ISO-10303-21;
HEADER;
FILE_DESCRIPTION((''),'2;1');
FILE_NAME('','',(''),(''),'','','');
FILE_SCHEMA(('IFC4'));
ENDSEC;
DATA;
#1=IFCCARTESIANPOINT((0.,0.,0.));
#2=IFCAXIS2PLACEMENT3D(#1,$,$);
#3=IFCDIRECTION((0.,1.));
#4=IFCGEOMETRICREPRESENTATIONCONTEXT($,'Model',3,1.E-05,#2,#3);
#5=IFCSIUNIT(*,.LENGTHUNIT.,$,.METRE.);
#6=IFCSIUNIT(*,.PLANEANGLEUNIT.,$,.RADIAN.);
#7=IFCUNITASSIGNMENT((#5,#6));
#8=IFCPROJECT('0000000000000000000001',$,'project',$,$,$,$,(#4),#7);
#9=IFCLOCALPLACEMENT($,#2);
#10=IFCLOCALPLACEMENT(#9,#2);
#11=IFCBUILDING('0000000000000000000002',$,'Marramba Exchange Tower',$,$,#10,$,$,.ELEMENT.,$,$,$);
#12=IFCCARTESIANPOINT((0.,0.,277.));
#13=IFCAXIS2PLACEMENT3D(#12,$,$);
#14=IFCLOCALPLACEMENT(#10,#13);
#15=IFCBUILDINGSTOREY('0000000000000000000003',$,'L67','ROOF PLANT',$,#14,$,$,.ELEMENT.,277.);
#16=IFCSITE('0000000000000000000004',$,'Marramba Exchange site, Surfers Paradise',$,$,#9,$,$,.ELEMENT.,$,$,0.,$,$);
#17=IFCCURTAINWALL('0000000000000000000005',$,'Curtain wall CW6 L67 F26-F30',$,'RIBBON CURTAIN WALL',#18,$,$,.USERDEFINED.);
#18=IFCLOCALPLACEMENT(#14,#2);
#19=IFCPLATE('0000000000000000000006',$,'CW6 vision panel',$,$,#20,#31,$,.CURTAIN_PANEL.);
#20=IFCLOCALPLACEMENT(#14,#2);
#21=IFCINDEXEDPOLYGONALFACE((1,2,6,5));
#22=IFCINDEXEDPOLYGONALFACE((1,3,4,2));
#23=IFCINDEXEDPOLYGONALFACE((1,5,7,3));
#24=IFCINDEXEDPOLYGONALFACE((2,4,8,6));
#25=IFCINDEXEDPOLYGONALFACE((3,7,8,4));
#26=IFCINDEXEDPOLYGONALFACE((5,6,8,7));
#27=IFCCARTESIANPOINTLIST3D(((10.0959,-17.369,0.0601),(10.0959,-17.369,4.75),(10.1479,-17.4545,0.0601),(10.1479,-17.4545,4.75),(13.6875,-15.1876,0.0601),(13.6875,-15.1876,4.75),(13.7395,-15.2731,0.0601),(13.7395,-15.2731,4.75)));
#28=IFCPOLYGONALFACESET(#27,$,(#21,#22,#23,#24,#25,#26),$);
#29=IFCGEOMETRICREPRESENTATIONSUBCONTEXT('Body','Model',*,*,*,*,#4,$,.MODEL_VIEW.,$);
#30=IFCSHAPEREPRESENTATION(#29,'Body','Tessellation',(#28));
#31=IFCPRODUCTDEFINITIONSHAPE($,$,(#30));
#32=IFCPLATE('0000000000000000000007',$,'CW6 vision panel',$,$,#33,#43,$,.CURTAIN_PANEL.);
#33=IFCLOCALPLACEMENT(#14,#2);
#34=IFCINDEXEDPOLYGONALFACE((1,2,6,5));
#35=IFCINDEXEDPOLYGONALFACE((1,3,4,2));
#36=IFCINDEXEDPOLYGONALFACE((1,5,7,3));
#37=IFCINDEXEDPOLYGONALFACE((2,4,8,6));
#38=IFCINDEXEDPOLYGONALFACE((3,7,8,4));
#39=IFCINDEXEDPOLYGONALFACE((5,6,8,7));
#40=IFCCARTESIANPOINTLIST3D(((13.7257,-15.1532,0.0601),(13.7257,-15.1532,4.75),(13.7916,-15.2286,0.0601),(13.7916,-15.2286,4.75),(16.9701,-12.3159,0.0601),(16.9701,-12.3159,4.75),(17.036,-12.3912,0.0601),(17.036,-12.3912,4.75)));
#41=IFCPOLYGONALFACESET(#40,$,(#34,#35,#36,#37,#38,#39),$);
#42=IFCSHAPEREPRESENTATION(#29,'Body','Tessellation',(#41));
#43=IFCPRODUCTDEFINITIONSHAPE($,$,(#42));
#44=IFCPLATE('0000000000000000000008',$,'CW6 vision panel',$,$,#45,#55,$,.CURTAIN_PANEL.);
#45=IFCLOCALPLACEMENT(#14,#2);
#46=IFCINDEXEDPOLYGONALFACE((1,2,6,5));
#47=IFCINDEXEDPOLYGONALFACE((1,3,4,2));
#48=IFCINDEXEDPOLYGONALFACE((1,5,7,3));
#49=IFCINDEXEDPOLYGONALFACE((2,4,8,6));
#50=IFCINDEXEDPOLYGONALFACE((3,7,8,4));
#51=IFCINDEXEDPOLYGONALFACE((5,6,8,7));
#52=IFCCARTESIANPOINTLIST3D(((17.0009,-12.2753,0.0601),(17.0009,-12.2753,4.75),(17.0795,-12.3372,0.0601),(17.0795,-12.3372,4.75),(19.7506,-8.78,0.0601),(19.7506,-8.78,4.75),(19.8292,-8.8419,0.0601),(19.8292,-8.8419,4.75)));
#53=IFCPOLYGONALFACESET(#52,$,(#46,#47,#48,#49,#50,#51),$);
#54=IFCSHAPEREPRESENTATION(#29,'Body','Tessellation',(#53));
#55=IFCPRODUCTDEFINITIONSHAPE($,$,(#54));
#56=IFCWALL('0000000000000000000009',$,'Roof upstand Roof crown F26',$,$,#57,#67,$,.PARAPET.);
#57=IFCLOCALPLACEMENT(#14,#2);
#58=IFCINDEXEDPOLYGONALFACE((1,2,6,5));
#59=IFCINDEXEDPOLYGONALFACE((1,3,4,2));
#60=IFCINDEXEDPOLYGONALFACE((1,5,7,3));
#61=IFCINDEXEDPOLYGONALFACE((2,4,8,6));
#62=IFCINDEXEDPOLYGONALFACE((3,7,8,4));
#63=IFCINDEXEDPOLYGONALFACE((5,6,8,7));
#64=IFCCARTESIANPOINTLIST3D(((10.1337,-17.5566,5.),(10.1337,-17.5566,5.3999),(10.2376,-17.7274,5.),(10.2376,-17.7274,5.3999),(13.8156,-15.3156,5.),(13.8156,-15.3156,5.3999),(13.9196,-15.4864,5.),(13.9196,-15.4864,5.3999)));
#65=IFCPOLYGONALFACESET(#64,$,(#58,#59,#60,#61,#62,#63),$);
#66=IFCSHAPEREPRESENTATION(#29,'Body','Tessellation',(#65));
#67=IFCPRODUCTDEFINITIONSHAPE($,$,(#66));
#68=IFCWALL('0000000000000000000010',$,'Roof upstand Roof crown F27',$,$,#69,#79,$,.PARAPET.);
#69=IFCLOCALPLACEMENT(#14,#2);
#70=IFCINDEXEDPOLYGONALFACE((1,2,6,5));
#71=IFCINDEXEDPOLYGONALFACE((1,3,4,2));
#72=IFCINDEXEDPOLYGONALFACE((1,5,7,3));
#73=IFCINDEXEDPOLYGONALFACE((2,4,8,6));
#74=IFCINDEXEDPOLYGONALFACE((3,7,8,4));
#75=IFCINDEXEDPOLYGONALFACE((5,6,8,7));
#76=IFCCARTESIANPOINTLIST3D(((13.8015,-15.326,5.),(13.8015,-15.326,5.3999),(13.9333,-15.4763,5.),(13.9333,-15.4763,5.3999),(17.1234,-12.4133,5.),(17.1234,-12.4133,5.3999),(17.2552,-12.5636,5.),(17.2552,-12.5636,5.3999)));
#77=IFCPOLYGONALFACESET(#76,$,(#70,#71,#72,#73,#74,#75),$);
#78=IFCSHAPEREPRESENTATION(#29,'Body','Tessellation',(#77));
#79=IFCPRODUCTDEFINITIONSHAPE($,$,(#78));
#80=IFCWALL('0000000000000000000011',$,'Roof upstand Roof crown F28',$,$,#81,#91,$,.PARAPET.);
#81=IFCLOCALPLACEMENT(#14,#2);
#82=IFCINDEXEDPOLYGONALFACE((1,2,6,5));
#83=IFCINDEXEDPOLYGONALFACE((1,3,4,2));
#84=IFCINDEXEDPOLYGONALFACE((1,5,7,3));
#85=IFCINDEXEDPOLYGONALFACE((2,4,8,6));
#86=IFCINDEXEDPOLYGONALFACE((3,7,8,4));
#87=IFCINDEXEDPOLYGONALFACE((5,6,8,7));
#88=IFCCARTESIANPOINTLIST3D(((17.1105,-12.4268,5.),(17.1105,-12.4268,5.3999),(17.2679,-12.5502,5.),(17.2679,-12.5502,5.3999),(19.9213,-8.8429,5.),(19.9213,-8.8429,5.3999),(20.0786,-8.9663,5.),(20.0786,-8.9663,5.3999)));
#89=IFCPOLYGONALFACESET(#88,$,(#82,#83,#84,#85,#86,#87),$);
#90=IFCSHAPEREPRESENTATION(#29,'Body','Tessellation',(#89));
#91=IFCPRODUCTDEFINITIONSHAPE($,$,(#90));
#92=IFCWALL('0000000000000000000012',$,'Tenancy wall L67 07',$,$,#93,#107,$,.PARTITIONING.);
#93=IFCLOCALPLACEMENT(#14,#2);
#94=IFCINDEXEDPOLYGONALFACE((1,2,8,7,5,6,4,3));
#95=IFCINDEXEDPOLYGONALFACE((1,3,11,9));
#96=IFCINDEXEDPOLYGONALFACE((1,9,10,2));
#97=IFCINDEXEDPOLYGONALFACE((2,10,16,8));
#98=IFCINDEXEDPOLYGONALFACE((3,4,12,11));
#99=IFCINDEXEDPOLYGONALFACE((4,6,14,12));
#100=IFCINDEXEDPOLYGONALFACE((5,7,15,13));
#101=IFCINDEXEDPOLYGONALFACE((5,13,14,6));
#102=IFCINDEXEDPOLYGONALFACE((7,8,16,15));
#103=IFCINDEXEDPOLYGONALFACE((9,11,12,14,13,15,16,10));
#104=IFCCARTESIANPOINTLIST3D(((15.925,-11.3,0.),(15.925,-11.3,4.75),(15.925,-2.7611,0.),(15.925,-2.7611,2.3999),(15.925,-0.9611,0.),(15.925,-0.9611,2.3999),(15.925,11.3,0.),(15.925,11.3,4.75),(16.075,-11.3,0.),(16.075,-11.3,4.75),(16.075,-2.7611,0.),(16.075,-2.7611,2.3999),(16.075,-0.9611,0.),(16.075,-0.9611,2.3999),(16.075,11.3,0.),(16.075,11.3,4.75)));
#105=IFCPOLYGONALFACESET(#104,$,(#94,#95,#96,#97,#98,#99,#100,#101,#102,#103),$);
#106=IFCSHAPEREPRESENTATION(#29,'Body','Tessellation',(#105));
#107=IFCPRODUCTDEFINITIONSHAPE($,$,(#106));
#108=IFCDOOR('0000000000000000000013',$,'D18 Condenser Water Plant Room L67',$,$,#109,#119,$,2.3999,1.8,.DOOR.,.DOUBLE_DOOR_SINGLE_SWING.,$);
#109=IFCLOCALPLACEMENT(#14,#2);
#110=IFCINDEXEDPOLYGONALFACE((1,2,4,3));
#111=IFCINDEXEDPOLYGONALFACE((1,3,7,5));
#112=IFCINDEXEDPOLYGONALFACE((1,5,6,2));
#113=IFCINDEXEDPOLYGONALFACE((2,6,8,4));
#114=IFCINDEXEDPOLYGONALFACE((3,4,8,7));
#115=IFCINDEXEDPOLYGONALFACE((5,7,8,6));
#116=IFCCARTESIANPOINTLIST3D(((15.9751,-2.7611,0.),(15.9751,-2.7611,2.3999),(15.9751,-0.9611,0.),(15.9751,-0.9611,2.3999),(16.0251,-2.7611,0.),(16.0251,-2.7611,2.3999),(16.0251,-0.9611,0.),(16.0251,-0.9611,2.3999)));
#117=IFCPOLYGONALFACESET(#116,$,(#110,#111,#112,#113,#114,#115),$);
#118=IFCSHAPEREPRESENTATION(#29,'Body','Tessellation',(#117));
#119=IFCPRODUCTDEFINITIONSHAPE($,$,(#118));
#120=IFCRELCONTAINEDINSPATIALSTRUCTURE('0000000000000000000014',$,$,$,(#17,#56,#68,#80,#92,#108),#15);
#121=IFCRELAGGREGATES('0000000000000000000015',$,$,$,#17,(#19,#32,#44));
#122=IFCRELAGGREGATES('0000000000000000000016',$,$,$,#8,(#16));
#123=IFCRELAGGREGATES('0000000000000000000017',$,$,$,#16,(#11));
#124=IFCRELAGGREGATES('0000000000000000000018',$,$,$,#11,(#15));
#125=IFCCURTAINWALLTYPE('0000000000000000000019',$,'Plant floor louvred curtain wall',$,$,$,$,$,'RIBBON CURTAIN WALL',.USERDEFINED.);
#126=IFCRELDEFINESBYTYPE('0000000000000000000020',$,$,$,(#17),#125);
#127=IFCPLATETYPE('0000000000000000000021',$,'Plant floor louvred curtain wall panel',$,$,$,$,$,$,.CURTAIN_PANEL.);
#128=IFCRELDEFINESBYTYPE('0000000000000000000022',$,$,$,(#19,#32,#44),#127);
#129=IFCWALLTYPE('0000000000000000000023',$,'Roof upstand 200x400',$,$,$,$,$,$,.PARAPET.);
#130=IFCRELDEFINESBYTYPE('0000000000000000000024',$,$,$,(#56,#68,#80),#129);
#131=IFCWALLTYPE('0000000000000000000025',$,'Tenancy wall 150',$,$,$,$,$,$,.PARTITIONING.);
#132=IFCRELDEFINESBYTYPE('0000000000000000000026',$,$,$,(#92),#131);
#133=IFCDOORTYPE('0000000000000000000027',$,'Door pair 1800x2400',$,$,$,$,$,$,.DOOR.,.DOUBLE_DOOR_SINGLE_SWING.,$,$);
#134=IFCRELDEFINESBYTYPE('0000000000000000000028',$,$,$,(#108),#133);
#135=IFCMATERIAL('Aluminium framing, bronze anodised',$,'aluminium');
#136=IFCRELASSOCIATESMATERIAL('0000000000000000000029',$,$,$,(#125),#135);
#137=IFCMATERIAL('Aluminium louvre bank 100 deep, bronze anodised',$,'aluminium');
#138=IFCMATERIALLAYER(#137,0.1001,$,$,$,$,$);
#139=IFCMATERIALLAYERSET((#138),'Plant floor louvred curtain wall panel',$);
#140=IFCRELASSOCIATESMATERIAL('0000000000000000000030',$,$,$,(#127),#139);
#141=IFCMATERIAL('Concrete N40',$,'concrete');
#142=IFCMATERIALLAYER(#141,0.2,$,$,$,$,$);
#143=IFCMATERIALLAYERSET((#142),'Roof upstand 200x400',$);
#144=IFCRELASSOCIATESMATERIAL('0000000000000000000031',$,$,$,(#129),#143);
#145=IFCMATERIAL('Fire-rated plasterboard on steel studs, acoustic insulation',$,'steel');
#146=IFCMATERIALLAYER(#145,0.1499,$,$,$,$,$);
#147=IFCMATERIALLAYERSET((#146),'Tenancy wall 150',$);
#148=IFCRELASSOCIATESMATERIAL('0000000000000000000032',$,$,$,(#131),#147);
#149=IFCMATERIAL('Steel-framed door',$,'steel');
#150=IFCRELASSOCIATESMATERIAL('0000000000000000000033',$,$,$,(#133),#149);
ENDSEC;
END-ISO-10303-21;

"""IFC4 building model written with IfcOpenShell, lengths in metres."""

from ifc_helpers import new_model, si_unit, direction, frame, frame_2d, origin, origin_2d, place, context, subcontext, project, spatial, rectangle, extrude, material, layer, layer_set, type_object, element, fill, aggregate, save


model = new_model("IFC4")

# Units and contexts
model_context = context("Model", 3, precision=1e-05, world=origin(), true_north=direction((0.0, 1.0)))
body_context = subcontext(model_context, "Body", "Model", "MODEL_VIEW")
ifc_project = project(units=[si_unit("LENGTHUNIT", "METRE"), si_unit("PLANEANGLEUNIT", "RADIAN")], contexts=[model_context])

# Site, building, storey
site_placement = place(None, origin())
site = spatial("IfcSite", under=ifc_project, at=site_placement, Name="Marramba Exchange site, Surfers Paradise", CompositionType="ELEMENT", RefElevation=0.0)
building_placement = place(site_placement, origin())
building = spatial("IfcBuilding", under=site, at=building_placement, Name="Marramba Exchange Tower", CompositionType="ELEMENT")
storey_placement = place(building_placement, frame((0.0, 0.0, 277.0)))
storey = spatial("IfcBuildingStorey", under=building, at=storey_placement, Name="L67", Description="ROOF PLANT", CompositionType="ELEMENT", Elevation=277.0)

# Curtain wall
ifc_material_1 = material(Name="Aluminium framing, bronze anodised", Category="aluminium")
curtain_wall_type = type_object("IfcCurtainWallType", Name="Plant floor louvred curtain wall", ElementType="RIBBON CURTAIN WALL", PredefinedType="USERDEFINED", material=ifc_material_1)
curtain_wall_placement = place(storey_placement, origin())
curtain_wall = element("IfcCurtainWall", 1, at=curtain_wall_placement, inside=storey, type_object=curtain_wall_type, Name="Curtain wall CW6 L67 F26-F30", ObjectType="RIBBON CURTAIN WALL", PredefinedType="USERDEFINED")

# Plates
ifc_material_2 = material(Name="Aluminium louvre bank 100 deep, bronze anodised", Category="aluminium")
ifc_layer_1 = layer(ifc_material_2, 0.1001)
ifc_layer_set_1 = layer_set([ifc_layer_1], Name="Plant floor louvred curtain wall panel")
plate_type = type_object("IfcPlateType", Name="Plant floor louvred curtain wall panel", PredefinedType="CURTAIN_PANEL", material=ifc_layer_set_1)
plate_1_placement = place(storey_placement, frame((11.9177, -16.321, 0.0601), z_axis=(0.0, 0.0, 1.0), x_axis=(0.854704, 0.519115, 0.0)))
plate_1 = element("IfcPlate", 2, at=plate_1_placement, type_object=plate_type, Name="CW6 vision panel", PredefinedType="CURTAIN_PANEL", context=body_context, shape_type="SweptSolid", body=[
    extrude(rectangle(XDim=4.2021, YDim=0.1001, at=origin_2d()), origin(), (0.0, 0.0, 1.0), 4.6899),
])
plate_2_placement = place(storey_placement, frame((15.3809, -13.7722, 0.0601), z_axis=(0.0, 0.0, 1.0), x_axis=(0.752751, 0.658305, 0.0)))
plate_2 = element("IfcPlate", 3, at=plate_2_placement, type_object=plate_type, Name="CW6 vision panel", PredefinedType="CURTAIN_PANEL", context=body_context, shape_type="SweptSolid", body=[
    extrude(rectangle(XDim=4.3101, YDim=0.1001, at=origin_2d()), origin(), (0.0, 0.0, 1.0), 4.6899),
])
plate_3_placement = place(storey_placement, frame((18.415, -10.5586, 0.0601), z_axis=(0.0, 0.0, 1.0), x_axis=(0.618291, 0.78595, 0.0)))
plate_3 = element("IfcPlate", 4, at=plate_3_placement, type_object=plate_type, Name="CW6 vision panel", PredefinedType="CURTAIN_PANEL", context=body_context, shape_type="SweptSolid", body=[
    extrude(rectangle(XDim=4.4473, YDim=0.1001, at=origin_2d()), origin(), (0.0, 0.0, 1.0), 4.6899),
])
aggregate(curtain_wall, [plate_1, plate_2, plate_3])

# Shared definitions
ifc_material_3 = material(Name="Steel-framed door", Category="steel")

# Walls
ifc_material_4 = material(Name="Concrete N40", Category="concrete")
ifc_layer_2 = layer(ifc_material_4, 0.2)
ifc_layer_set_2 = layer_set([ifc_layer_2], Name="Roof upstand 200x400")
wall_type_1 = type_object("IfcWallType", Name="Roof upstand 200x400", PredefinedType="PARAPET", material=ifc_layer_set_2)
wall_1_placement = place(storey_placement, frame((10.1855, -17.6421, 5.0), z_axis=(0.0, 0.0, 1.0), x_axis=(0.854217, 0.519916, 0.0)))
element("IfcWall", 5, at=wall_1_placement, inside=storey, type_object=wall_type_1, Name="Roof upstand Roof crown F26", PredefinedType="PARAPET", context=body_context, shape_type="SweptSolid", body=[
    extrude(rectangle(XDim=4.3103, YDim=0.2, at=frame_2d((2.1553, 0.0))), origin(), (0.0, 0.0, 1.0), 0.3999),
])
wall_2_placement = place(storey_placement, frame((13.8674, -15.4011, 5.0), z_axis=(0.0, 0.0, 1.0), x_axis=(0.751898, 0.659279, 0.0)))
element("IfcWall", 6, at=wall_2_placement, inside=storey, type_object=wall_type_1, Name="Roof upstand Roof crown F27", PredefinedType="PARAPET", context=body_context, shape_type="SweptSolid", body=[
    extrude(rectangle(XDim=4.418, YDim=0.2, at=frame_2d((2.209, 0.0))), origin(), (0.0, 0.0, 1.0), 0.3999),
])
wall_3_placement = place(storey_placement, frame((17.1892, -12.4885, 5.0), z_axis=(0.0, 0.0, 1.0), x_axis=(0.617116, 0.786872, 0.0)))
element("IfcWall", 7, at=wall_3_placement, inside=storey, type_object=wall_type_1, Name="Roof upstand Roof crown F28", PredefinedType="PARAPET", context=body_context, shape_type="SweptSolid", body=[
    extrude(rectangle(XDim=4.5547, YDim=0.2, at=frame_2d((2.2773, 0.0))), origin(), (0.0, 0.0, 1.0), 0.3999),
])

# Wall, opening, door
ifc_material_5 = material(Name="Fire-rated plasterboard on steel studs, acoustic insulation", Category="steel")
ifc_layer_3 = layer(ifc_material_5, 0.1499)
ifc_layer_set_3 = layer_set([ifc_layer_3], Name="Tenancy wall 150")
wall_type_2 = type_object("IfcWallType", Name="Tenancy wall 150", PredefinedType="PARTITIONING", material=ifc_layer_set_3)
wall_4_placement = place(storey_placement, frame((16.0, -11.3, 0.0), z_axis=(0.0, 0.0, 1.0), x_axis=(0.0, 1.0, 0.0)))
wall_4 = element("IfcWall", 8, at=wall_4_placement, inside=storey, type_object=wall_type_2, Name="Tenancy wall L67 07", PredefinedType="PARTITIONING", context=body_context, shape_type="SweptSolid", body=[
    extrude(rectangle(XDim=22.6001, YDim=0.1499, at=frame_2d((11.3, 0.0))), origin(), (0.0, 0.0, 1.0), 4.75),
])
opening_1_placement = place(wall_4_placement, frame((8.5391, 0.0, 0.0)))
opening_1 = element("IfcOpeningElement", 9, at=opening_1_placement, cuts=wall_4, PredefinedType="OPENING", context=body_context, shape_type="SweptSolid", body=[
    extrude(rectangle(XDim=1.8, YDim=2.3999, at=frame_2d((0.8999, 1.2))), frame((0.0, 0.085, 0.0), z_axis=(0.0, -1.0, 0.0), x_axis=(1.0, 0.0, 0.0)), (0.0, 0.0, 1.0), 0.1699),
])
door_type_1 = type_object("IfcDoorType", Name="Door pair 1800x2400", OperationType="DOUBLE_DOOR_SINGLE_SWING", PredefinedType="DOOR", material=ifc_material_3)
door_1_placement = place(opening_1_placement, origin())
door_1 = element("IfcDoor", 10, at=door_1_placement, inside=storey, type_object=door_type_1, Name="D18 Condenser Water Plant Room L67", OperationType="DOUBLE_DOOR_SINGLE_SWING", OverallHeight=2.3999, OverallWidth=1.8, PredefinedType="DOOR", context=body_context, shape_type="SweptSolid", body=[
    extrude(rectangle(XDim=1.8, YDim=2.3999, at=frame_2d((0.8999, 1.2))), frame((0.0, 0.0249, 0.0), z_axis=(0.0, -1.0, 0.0), x_axis=(1.0, 0.0, 0.0)), (0.0, 0.0, 1.0), 0.05),
])
fill(opening_1, door_1)

save(model, "model.ifc")
